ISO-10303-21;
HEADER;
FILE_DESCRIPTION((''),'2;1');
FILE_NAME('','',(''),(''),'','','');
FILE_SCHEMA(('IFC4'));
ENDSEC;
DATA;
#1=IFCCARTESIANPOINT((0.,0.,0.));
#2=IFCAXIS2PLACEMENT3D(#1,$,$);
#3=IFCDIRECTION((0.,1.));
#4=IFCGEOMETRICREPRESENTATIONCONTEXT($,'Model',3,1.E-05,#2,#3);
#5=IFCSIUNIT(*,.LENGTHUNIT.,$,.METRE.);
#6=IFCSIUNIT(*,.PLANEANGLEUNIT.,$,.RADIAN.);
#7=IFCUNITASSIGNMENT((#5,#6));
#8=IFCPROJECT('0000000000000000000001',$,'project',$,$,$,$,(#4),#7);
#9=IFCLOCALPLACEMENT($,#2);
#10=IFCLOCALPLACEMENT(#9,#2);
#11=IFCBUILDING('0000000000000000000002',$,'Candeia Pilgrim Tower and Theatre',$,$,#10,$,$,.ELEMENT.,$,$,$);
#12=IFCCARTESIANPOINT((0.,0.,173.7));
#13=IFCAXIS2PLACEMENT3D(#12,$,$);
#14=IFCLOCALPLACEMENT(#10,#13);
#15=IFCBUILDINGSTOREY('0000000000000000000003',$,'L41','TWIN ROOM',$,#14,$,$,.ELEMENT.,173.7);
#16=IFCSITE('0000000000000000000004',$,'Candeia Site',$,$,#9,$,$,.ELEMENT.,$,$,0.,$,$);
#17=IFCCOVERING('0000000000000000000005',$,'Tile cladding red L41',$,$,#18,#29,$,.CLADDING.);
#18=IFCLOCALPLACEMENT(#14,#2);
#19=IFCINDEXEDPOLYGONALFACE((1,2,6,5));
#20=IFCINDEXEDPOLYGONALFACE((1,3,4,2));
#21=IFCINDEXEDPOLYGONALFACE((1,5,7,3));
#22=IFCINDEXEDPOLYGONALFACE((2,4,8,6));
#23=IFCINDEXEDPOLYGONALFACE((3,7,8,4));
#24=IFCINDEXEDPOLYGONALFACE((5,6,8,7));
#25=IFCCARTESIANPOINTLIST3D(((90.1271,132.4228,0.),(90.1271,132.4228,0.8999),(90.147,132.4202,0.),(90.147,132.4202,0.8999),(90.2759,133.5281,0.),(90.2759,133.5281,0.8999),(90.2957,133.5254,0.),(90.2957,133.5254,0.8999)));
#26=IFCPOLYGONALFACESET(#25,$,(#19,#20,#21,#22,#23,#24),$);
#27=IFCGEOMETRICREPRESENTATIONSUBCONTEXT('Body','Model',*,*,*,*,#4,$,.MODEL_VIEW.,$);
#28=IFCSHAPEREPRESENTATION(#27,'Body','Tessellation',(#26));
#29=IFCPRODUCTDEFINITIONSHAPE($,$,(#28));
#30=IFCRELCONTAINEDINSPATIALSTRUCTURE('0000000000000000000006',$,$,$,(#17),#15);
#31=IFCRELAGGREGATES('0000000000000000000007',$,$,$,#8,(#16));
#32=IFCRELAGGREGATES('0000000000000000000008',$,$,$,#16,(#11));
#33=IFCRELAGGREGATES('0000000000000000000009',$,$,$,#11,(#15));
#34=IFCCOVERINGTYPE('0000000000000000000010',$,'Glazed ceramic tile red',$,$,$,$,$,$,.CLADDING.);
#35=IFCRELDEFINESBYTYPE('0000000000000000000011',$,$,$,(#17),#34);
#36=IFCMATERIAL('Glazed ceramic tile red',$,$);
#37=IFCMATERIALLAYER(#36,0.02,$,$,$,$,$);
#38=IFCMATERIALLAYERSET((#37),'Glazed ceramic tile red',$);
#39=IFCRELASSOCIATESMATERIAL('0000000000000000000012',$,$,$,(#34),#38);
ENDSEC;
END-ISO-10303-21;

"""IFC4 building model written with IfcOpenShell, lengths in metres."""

from ifc_helpers import new_model, si_unit, direction, frame, origin, origin_2d, place, context, subcontext, project, spatial, rectangle, extrude, material, layer, layer_set, type_object, element, save


model = new_model("IFC4")

# Units and contexts
model_context = context("Model", 3, precision=1e-05, world=origin(), true_north=direction((0.0, 1.0)))
body_context = subcontext(model_context, "Body", "Model", "MODEL_VIEW")
ifc_project = project(units=[si_unit("LENGTHUNIT", "METRE"), si_unit("PLANEANGLEUNIT", "RADIAN")], contexts=[model_context])

# Site, building, storey
site_placement = place(None, origin())
site = spatial("IfcSite", under=ifc_project, at=site_placement, Name="Candeia Site", CompositionType="ELEMENT", RefElevation=0.0)
building_placement = place(site_placement, origin())
building = spatial("IfcBuilding", under=site, at=building_placement, Name="Candeia Pilgrim Tower and Theatre", CompositionType="ELEMENT")
storey_placement = place(building_placement, frame((0.0, 0.0, 173.7)))
storey = spatial("IfcBuildingStorey", under=building, at=storey_placement, Name="L41", Description="TWIN ROOM", CompositionType="ELEMENT", Elevation=173.7)

# Covering
ifc_material_1 = material(Name="Glazed ceramic tile red")
ifc_layer_1 = layer(ifc_material_1, 0.02)
ifc_layer_set_1 = layer_set([ifc_layer_1], Name="Glazed ceramic tile red")
covering_type = type_object("IfcCoveringType", Name="Glazed ceramic tile red", PredefinedType="CLADDING", material=ifc_layer_set_1)
covering_1_placement = place(storey_placement, frame((90.2114, 132.9741, 0.0), z_axis=(0.0, 0.0, 1.0), x_axis=(-0.133412, -0.991061, 0.0)))
element("IfcCovering", 1, at=covering_1_placement, inside=storey, type_object=covering_type, Name="Tile cladding red L41", PredefinedType="CLADDING", context=body_context, shape_type="SweptSolid", body=[
    extrude(rectangle(XDim=1.1152, YDim=0.02, at=origin_2d()), origin(), (0.0, 0.0, 1.0), 0.8999),
])

save(model, "model.ifc")
